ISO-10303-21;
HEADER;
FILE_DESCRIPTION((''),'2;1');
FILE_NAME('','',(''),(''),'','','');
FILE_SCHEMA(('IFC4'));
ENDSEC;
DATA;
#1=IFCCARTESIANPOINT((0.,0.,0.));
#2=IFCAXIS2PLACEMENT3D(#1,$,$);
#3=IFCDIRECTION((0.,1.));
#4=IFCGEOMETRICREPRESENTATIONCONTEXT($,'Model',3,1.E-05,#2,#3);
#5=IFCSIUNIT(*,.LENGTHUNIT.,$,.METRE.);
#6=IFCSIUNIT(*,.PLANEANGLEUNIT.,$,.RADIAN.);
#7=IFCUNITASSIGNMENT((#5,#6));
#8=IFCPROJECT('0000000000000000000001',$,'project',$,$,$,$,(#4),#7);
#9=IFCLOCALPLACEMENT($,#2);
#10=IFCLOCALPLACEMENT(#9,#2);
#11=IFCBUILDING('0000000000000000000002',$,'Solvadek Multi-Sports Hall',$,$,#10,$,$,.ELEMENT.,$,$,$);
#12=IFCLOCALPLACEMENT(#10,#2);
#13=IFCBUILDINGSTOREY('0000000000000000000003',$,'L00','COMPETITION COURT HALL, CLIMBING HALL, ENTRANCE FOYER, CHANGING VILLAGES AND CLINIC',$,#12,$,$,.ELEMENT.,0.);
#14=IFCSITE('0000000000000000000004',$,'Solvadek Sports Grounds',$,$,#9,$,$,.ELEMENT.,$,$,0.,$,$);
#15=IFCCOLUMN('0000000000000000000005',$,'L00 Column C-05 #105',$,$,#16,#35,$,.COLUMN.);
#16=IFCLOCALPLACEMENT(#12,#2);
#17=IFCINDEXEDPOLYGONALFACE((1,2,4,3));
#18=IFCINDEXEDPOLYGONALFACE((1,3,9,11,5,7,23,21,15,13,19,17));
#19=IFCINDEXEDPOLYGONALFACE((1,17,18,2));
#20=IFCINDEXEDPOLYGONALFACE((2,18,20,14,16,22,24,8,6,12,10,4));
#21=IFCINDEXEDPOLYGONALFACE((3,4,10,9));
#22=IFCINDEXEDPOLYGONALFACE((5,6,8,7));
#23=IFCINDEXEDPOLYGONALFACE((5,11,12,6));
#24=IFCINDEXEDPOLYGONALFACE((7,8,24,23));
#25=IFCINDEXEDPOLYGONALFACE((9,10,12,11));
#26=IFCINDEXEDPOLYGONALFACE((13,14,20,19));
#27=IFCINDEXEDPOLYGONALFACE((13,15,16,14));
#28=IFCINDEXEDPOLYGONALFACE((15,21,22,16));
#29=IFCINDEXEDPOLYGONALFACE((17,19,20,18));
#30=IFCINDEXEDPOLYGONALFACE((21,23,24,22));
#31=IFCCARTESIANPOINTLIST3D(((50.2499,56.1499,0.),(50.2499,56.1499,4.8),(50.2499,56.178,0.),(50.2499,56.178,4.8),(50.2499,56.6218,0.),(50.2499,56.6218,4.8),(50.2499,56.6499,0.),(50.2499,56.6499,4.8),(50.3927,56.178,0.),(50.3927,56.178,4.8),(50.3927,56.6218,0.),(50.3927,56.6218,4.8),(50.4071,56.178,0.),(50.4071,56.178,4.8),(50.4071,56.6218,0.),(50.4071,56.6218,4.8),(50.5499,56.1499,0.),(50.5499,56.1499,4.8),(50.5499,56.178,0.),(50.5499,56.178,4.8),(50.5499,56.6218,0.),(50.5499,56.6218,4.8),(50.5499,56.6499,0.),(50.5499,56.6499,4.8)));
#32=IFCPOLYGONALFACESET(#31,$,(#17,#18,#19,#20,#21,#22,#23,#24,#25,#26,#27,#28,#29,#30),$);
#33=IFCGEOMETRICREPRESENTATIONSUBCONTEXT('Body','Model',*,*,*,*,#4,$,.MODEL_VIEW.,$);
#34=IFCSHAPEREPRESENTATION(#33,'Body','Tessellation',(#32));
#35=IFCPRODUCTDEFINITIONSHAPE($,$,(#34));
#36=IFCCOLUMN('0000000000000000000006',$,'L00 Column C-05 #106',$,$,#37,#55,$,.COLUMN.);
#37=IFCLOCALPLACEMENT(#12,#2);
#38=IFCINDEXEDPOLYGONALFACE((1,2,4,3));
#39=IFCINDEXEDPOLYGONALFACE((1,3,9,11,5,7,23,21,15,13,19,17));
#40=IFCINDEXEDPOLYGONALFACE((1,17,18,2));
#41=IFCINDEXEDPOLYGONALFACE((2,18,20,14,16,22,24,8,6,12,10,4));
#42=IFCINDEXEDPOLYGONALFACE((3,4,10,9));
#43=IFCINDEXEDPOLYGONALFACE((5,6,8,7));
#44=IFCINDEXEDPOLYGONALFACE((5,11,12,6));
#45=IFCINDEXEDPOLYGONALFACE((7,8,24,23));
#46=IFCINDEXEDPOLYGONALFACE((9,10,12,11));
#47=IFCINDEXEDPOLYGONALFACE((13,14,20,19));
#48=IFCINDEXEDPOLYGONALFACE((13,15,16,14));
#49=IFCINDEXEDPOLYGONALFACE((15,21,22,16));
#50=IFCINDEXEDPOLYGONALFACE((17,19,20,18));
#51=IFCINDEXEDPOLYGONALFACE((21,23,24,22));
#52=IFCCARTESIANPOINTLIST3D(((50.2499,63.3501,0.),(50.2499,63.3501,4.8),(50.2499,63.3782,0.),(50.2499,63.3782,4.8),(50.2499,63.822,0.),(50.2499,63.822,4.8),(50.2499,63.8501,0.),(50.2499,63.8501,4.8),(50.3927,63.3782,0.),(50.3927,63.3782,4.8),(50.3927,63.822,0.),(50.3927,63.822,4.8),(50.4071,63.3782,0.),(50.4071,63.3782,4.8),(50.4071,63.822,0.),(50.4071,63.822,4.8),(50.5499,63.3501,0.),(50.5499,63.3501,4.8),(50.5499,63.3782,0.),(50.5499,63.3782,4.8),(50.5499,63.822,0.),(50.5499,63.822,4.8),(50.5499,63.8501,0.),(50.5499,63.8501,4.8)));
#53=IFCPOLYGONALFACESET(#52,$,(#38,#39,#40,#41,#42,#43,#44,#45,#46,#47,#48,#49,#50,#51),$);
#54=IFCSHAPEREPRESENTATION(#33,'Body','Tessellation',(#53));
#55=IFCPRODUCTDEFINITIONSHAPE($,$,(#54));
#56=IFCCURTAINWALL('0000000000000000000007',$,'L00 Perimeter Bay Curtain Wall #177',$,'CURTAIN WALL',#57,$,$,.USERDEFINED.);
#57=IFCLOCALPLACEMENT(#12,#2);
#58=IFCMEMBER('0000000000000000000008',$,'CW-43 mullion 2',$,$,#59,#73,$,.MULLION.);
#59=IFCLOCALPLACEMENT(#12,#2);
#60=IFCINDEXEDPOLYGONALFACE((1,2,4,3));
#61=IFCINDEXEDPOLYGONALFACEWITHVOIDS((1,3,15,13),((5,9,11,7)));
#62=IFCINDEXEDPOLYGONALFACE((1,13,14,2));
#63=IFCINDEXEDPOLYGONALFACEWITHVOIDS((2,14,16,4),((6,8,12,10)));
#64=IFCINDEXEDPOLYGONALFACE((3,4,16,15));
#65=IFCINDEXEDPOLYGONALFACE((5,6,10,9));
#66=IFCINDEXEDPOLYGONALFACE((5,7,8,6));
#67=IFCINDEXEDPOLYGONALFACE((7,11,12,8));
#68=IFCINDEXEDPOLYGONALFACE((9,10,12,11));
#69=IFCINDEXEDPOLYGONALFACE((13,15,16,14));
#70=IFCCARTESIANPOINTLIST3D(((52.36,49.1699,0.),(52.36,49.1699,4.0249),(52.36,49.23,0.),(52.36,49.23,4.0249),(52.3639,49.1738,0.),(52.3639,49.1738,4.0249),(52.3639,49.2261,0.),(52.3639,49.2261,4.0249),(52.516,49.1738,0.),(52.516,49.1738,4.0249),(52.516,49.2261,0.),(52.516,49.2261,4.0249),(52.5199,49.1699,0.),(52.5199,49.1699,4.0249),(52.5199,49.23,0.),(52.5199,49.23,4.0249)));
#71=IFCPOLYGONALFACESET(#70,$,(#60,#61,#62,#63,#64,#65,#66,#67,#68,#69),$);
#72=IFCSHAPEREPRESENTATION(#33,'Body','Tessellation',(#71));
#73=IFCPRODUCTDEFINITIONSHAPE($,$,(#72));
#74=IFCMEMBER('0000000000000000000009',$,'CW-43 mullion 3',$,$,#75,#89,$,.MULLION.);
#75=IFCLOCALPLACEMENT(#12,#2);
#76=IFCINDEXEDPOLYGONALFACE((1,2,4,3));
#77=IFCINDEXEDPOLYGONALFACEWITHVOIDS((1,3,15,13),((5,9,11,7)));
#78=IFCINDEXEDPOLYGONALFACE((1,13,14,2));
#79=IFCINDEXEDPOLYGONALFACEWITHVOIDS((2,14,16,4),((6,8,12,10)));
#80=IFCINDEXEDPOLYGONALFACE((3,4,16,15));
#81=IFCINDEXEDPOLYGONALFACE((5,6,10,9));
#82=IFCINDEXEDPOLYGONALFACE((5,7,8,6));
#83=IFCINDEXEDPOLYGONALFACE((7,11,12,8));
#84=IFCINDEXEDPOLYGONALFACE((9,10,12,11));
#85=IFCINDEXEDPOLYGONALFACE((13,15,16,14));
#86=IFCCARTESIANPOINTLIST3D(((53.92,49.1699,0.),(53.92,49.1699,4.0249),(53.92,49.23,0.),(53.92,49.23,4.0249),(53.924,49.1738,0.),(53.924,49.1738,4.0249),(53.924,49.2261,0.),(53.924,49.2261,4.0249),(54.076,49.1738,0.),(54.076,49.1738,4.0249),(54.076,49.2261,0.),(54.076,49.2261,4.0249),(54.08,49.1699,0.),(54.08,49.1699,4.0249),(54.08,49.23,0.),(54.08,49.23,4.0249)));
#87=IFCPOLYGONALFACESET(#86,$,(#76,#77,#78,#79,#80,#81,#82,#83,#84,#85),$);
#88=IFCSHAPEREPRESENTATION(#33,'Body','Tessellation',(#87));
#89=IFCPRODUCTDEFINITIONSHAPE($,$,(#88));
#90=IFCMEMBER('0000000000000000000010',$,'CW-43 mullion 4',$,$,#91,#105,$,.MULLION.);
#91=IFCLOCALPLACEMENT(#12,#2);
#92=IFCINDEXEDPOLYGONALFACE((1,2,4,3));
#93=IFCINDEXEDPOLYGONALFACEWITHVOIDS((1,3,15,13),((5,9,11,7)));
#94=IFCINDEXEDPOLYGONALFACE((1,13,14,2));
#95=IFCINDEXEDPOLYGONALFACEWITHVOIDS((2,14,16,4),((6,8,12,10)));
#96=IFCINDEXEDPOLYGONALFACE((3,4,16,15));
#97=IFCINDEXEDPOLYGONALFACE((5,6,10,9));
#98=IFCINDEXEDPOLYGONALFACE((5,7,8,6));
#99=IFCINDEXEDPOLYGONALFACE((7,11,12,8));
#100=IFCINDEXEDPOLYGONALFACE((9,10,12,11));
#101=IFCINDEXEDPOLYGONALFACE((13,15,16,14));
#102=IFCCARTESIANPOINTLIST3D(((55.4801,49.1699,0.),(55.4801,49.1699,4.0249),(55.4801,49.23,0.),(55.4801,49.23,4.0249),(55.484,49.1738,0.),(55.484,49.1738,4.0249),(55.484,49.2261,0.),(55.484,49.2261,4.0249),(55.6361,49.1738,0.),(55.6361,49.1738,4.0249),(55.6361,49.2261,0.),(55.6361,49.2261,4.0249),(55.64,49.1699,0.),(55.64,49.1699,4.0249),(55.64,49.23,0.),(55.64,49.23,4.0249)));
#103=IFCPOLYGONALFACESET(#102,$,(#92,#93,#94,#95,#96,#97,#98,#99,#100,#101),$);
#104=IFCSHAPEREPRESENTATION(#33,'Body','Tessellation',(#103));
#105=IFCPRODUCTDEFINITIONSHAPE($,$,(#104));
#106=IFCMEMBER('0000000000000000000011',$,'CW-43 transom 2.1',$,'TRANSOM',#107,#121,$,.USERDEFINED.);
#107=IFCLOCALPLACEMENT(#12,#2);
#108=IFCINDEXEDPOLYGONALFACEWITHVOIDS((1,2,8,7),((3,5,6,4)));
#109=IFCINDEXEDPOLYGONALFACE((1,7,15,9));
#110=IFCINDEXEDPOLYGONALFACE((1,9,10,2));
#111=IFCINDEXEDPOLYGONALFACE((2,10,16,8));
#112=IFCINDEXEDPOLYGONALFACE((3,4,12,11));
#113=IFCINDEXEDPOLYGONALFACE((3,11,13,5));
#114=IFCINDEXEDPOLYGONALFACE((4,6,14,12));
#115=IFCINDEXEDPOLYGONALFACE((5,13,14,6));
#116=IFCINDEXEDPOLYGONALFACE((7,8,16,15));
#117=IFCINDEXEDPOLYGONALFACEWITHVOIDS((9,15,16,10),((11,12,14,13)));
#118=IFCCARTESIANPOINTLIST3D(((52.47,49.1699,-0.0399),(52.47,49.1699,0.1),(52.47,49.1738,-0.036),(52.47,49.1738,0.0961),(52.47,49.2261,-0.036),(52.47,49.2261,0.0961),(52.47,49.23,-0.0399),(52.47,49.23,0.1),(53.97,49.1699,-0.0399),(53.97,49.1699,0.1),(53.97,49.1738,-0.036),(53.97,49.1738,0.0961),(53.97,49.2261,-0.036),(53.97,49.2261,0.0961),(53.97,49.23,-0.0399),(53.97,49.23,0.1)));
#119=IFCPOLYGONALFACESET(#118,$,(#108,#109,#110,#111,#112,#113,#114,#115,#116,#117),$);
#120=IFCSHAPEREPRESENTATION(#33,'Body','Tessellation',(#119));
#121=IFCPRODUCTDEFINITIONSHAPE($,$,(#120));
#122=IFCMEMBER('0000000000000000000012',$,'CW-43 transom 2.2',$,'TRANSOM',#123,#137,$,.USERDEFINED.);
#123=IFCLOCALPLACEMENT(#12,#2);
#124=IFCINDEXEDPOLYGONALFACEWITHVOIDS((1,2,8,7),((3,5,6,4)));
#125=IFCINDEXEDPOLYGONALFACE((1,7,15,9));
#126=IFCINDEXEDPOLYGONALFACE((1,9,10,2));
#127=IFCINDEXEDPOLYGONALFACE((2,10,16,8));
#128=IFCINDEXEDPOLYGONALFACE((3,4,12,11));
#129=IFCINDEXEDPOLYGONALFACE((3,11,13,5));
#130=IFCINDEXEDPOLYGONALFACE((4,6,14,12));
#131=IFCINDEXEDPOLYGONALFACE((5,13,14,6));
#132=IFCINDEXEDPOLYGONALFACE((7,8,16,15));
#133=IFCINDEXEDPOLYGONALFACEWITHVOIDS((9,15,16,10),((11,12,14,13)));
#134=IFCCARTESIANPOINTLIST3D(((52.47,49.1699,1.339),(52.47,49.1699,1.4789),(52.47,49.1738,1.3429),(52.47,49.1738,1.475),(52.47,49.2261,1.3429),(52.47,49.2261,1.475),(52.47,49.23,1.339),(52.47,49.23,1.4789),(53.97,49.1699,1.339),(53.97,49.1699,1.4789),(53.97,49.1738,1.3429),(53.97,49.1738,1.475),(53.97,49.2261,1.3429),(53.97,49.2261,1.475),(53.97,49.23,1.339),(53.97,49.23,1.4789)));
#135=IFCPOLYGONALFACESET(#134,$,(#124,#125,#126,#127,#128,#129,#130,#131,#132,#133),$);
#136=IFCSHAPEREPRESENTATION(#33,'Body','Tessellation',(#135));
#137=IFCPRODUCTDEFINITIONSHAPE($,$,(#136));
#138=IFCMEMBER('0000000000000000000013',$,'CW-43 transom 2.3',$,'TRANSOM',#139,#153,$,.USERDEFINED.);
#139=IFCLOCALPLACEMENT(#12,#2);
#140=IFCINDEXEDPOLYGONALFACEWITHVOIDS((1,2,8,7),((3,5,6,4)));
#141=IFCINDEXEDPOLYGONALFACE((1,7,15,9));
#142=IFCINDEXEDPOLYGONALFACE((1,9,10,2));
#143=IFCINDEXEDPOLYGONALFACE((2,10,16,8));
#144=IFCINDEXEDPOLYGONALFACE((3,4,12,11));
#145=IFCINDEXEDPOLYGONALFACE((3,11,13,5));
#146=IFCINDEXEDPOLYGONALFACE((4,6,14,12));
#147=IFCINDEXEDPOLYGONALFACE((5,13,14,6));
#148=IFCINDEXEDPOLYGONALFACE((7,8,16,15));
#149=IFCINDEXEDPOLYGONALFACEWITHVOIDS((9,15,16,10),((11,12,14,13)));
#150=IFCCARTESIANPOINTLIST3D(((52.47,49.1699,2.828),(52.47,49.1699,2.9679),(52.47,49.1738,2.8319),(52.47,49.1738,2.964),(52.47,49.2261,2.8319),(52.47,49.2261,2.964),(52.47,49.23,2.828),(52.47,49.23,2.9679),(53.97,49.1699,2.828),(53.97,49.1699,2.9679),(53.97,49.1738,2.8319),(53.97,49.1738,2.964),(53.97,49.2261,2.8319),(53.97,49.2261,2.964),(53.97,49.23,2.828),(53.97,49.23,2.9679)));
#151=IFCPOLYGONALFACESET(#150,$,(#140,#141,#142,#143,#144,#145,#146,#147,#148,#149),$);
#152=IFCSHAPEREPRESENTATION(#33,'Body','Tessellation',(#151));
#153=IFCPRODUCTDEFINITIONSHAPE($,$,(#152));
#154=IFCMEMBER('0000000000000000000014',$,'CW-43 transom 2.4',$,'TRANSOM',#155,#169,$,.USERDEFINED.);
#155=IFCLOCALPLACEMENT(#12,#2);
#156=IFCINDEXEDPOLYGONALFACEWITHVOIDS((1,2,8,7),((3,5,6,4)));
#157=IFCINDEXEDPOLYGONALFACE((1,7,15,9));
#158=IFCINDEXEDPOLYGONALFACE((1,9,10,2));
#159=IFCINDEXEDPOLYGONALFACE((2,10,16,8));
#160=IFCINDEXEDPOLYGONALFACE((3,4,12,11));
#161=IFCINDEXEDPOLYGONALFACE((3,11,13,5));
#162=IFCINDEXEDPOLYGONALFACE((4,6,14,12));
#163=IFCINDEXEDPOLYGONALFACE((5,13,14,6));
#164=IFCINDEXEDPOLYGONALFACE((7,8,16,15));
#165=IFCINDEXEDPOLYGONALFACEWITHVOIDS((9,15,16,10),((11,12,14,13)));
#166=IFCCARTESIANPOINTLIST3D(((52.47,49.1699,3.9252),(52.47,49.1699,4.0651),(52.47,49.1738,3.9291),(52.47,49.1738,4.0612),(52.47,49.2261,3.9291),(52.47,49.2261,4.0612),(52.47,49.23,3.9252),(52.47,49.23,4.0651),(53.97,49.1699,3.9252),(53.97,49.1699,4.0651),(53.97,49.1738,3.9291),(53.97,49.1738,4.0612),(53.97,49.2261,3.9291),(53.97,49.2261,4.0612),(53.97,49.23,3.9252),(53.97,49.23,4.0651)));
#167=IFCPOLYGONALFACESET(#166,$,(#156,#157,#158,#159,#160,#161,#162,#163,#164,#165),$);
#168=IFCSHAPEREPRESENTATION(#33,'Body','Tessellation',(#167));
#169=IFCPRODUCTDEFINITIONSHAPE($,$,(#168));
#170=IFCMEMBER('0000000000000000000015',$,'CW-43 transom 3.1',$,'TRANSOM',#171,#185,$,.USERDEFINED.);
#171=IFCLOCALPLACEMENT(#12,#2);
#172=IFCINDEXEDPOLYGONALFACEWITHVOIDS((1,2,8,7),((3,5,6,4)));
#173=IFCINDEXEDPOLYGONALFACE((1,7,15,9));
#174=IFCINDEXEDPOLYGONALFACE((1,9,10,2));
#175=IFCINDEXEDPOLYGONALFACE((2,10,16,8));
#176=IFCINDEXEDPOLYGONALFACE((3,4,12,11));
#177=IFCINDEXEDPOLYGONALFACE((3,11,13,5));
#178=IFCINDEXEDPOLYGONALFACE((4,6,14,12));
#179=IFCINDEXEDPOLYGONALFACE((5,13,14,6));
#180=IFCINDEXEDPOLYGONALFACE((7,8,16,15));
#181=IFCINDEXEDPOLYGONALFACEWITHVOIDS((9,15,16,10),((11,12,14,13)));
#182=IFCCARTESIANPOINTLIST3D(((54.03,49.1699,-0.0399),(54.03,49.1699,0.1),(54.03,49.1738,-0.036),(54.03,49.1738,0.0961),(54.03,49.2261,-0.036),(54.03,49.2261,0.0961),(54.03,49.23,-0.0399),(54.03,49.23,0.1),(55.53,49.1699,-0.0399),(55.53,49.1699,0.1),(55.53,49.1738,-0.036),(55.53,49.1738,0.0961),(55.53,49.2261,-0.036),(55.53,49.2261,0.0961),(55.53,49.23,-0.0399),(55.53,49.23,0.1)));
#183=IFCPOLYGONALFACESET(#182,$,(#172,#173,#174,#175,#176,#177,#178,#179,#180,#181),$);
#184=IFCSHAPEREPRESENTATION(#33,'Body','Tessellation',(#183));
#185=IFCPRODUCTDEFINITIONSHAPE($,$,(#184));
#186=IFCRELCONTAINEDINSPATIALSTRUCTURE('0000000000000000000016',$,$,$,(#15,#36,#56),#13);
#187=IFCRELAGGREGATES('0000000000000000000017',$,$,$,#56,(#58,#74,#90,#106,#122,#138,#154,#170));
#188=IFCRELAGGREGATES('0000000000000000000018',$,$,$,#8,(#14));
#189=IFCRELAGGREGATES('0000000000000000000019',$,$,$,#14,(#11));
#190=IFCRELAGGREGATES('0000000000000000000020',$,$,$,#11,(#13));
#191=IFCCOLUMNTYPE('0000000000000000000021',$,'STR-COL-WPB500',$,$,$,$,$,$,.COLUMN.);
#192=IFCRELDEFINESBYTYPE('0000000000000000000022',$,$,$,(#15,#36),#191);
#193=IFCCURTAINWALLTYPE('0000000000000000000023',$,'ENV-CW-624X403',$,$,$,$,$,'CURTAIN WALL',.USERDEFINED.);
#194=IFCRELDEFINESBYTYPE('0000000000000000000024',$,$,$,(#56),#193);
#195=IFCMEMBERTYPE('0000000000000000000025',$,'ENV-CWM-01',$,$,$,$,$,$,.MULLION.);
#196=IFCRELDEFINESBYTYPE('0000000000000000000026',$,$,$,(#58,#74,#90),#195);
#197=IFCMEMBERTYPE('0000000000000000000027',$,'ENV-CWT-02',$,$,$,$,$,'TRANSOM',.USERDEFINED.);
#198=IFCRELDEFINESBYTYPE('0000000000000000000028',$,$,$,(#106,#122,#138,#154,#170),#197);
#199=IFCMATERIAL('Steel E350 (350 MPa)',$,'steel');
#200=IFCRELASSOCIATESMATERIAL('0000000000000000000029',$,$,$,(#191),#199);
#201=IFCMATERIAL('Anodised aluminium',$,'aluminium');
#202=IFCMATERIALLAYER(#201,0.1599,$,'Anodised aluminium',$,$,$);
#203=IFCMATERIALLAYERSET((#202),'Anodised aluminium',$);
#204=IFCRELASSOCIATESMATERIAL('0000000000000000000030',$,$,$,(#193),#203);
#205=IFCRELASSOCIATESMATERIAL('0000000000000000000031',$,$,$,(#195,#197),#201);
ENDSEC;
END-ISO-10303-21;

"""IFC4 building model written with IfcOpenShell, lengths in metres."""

from ifc_helpers import new_model, si_unit, direction, frame, origin, origin_2d, place, context, subcontext, project, spatial, hollow_rectangle, i_section, extrude, material, layer, layer_set, material_profile, profile_set, type_object, element, aggregate, save


model = new_model("IFC4")

# Units and contexts
model_context = context("Model", 3, precision=1e-05, world=origin(), true_north=direction((0.0, 1.0)))
body_context = subcontext(model_context, "Body", "Model", "MODEL_VIEW")
ifc_project = project(units=[si_unit("LENGTHUNIT", "METRE"), si_unit("PLANEANGLEUNIT", "RADIAN")], contexts=[model_context])

# Site, building, storey
site_placement = place(None, origin())
site = spatial("IfcSite", under=ifc_project, at=site_placement, Name="Solvadek Sports Grounds", CompositionType="ELEMENT", RefElevation=0.0)
building_placement = place(site_placement, origin())
building = spatial("IfcBuilding", under=site, at=building_placement, Name="Solvadek Multi-Sports Hall", CompositionType="ELEMENT")
storey_placement = place(building_placement, origin())
storey = spatial("IfcBuildingStorey", under=building, at=storey_placement, Name="L00", Description="COMPETITION COURT HALL, CLIMBING HALL, ENTRANCE FOYER, CHANGING VILLAGES AND CLINIC", CompositionType="ELEMENT", Elevation=0.0)

# Columns
ifc_material_1 = material(Name="Steel E350 (350 MPa)", Category="steel")
ifc_material_profile_1 = material_profile(ifc_material_1, i_section(OverallWidth=0.3, OverallDepth=0.5, WebThickness=0.0144, FlangeThickness=0.0281, at=origin_2d()), Name="WPB 500")
ifc_profile_set_1 = profile_set([ifc_material_profile_1], Name="Steel E350 (350 MPa)")
column_type = type_object("IfcColumnType", Name="STR-COL-WPB500", PredefinedType="COLUMN", material=ifc_profile_set_1)
for number, where, z_axis, x_axis, name in (
    (1, (50.3999, 56.3999, 0.0), (0.0, 0.0, 1.0), (1.0, 0.0, 0.0), "L00 Column C-05 #105"),
    (2, (50.3999, 63.6001, 0.0), (0.0, 0.0, 1.0), (1.0, 0.0, 0.0), "L00 Column C-05 #106"),
):
    element("IfcColumn", number, at=place(storey_placement, frame(where, z_axis=z_axis, x_axis=x_axis)), inside=storey, type_object=column_type, Name=name, PredefinedType="COLUMN", context=body_context, shape_type="SweptSolid", body=[
        extrude(i_section(OverallWidth=0.3, OverallDepth=0.5, WebThickness=0.0144, FlangeThickness=0.0281, at=origin_2d()), origin(), (0.0, 0.0, 1.0), 4.8),
    ])

# Curtain wall, members
ifc_material_2 = material(Name="Anodised aluminium", Category="aluminium")
ifc_layer_1 = layer(ifc_material_2, 0.1599, Name="Anodised aluminium")
ifc_layer_set_1 = layer_set([ifc_layer_1], Name="Anodised aluminium")
curtain_wall_type = type_object("IfcCurtainWallType", Name="ENV-CW-624X403", ElementType="CURTAIN WALL", PredefinedType="USERDEFINED", material=ifc_layer_set_1)
curtain_wall_placement = place(storey_placement, origin())
curtain_wall = element("IfcCurtainWall", 3, at=curtain_wall_placement, inside=storey, type_object=curtain_wall_type, Name="L00 Perimeter Bay Curtain Wall #177", ObjectType="CURTAIN WALL", PredefinedType="USERDEFINED")
ifc_material_profile_2 = material_profile(ifc_material_2, hollow_rectangle(XDim=0.0601, YDim=0.1599, WallThickness=0.0039, at=origin_2d()), Name="ALU-M 160x60x4")
ifc_profile_set_2 = profile_set([ifc_material_profile_2], Name="Anodised aluminium")
member_type_1 = type_object("IfcMemberType", Name="ENV-CWM-01", PredefinedType="MULLION", material=ifc_profile_set_2)
member_1_placement = place(storey_placement, frame((52.4399, 49.2, 0.0), z_axis=(0.0, 0.0, 1.0), x_axis=(0.0, 1.0, 0.0)))
member_1 = element("IfcMember", 4, at=member_1_placement, type_object=member_type_1, Name="CW-43 mullion 2", PredefinedType="MULLION", context=body_context, shape_type="SweptSolid", body=[
    extrude(hollow_rectangle(XDim=0.0601, YDim=0.1599, WallThickness=0.0039, at=origin_2d()), origin(), (0.0, 0.0, 1.0), 4.0249),
])
member_2_placement = place(storey_placement, frame((54.0, 49.2, 0.0), z_axis=(0.0, 0.0, 1.0), x_axis=(0.0, 1.0, 0.0)))
member_2 = element("IfcMember", 5, at=member_2_placement, type_object=member_type_1, Name="CW-43 mullion 3", PredefinedType="MULLION", context=body_context, shape_type="SweptSolid", body=[
    extrude(hollow_rectangle(XDim=0.0601, YDim=0.1599, WallThickness=0.0039, at=origin_2d()), origin(), (0.0, 0.0, 1.0), 4.0249),
])
member_3_placement = place(storey_placement, frame((55.5601, 49.2, 0.0), z_axis=(0.0, 0.0, 1.0), x_axis=(0.0, 1.0, 0.0)))
member_3 = element("IfcMember", 6, at=member_3_placement, type_object=member_type_1, Name="CW-43 mullion 4", PredefinedType="MULLION", context=body_context, shape_type="SweptSolid", body=[
    extrude(hollow_rectangle(XDim=0.0601, YDim=0.1599, WallThickness=0.0039, at=origin_2d()), origin(), (0.0, 0.0, 1.0), 4.0249),
])
ifc_material_profile_3 = material_profile(ifc_material_2, hollow_rectangle(XDim=0.0601, YDim=0.1399, WallThickness=0.0039, at=origin_2d()), Name="ALU-T 140x60x4")
ifc_profile_set_3 = profile_set([ifc_material_profile_3], Name="Anodised aluminium")
member_type_2 = type_object("IfcMemberType", Name="ENV-CWT-02", ElementType="TRANSOM", PredefinedType="USERDEFINED", material=ifc_profile_set_3)
member_4_placement = place(storey_placement, frame((52.47, 49.2, 0.03), z_axis=(1.0, 0.0, 0.0), x_axis=(0.0, 1.0, 0.0)))
member_4 = element("IfcMember", 7, at=member_4_placement, type_object=member_type_2, Name="CW-43 transom 2.1", ObjectType="TRANSOM", PredefinedType="USERDEFINED", context=body_context, shape_type="SweptSolid", body=[
    extrude(hollow_rectangle(XDim=0.0601, YDim=0.1399, WallThickness=0.0039, at=origin_2d()), origin(), (0.0, 0.0, 1.0), 1.5),
])
member_5_placement = place(storey_placement, frame((52.47, 49.2, 1.4089), z_axis=(1.0, 0.0, 0.0), x_axis=(0.0, 1.0, 0.0)))
member_5 = element("IfcMember", 8, at=member_5_placement, type_object=member_type_2, Name="CW-43 transom 2.2", ObjectType="TRANSOM", PredefinedType="USERDEFINED", context=body_context, shape_type="SweptSolid", body=[
    extrude(hollow_rectangle(XDim=0.0601, YDim=0.1399, WallThickness=0.0039, at=origin_2d()), origin(), (0.0, 0.0, 1.0), 1.5),
])
member_6_placement = place(storey_placement, frame((52.47, 49.2, 2.8979), z_axis=(1.0, 0.0, 0.0), x_axis=(0.0, 1.0, 0.0)))
member_6 = element("IfcMember", 9, at=member_6_placement, type_object=member_type_2, Name="CW-43 transom 2.3", ObjectType="TRANSOM", PredefinedType="USERDEFINED", context=body_context, shape_type="SweptSolid", body=[
    extrude(hollow_rectangle(XDim=0.0601, YDim=0.1399, WallThickness=0.0039, at=origin_2d()), origin(), (0.0, 0.0, 1.0), 1.5),
])
member_7_placement = place(storey_placement, frame((52.47, 49.2, 3.9951), z_axis=(1.0, 0.0, 0.0), x_axis=(0.0, 1.0, 0.0)))
member_7 = element("IfcMember", 10, at=member_7_placement, type_object=member_type_2, Name="CW-43 transom 2.4", ObjectType="TRANSOM", PredefinedType="USERDEFINED", context=body_context, shape_type="SweptSolid", body=[
    extrude(hollow_rectangle(XDim=0.0601, YDim=0.1399, WallThickness=0.0039, at=origin_2d()), origin(), (0.0, 0.0, 1.0), 1.5),
])
member_8_placement = place(storey_placement, frame((54.03, 49.2, 0.03), z_axis=(1.0, 0.0, 0.0), x_axis=(0.0, 1.0, 0.0)))
member_8 = element("IfcMember", 11, at=member_8_placement, type_object=member_type_2, Name="CW-43 transom 3.1", ObjectType="TRANSOM", PredefinedType="USERDEFINED", context=body_context, shape_type="SweptSolid", body=[
    extrude(hollow_rectangle(XDim=0.0601, YDim=0.1399, WallThickness=0.0039, at=origin_2d()), origin(), (0.0, 0.0, 1.0), 1.5),
])

aggregate(curtain_wall, [member_1, member_2, member_3, member_4, member_5, member_6, member_7, member_8])

save(model, "model.ifc")
